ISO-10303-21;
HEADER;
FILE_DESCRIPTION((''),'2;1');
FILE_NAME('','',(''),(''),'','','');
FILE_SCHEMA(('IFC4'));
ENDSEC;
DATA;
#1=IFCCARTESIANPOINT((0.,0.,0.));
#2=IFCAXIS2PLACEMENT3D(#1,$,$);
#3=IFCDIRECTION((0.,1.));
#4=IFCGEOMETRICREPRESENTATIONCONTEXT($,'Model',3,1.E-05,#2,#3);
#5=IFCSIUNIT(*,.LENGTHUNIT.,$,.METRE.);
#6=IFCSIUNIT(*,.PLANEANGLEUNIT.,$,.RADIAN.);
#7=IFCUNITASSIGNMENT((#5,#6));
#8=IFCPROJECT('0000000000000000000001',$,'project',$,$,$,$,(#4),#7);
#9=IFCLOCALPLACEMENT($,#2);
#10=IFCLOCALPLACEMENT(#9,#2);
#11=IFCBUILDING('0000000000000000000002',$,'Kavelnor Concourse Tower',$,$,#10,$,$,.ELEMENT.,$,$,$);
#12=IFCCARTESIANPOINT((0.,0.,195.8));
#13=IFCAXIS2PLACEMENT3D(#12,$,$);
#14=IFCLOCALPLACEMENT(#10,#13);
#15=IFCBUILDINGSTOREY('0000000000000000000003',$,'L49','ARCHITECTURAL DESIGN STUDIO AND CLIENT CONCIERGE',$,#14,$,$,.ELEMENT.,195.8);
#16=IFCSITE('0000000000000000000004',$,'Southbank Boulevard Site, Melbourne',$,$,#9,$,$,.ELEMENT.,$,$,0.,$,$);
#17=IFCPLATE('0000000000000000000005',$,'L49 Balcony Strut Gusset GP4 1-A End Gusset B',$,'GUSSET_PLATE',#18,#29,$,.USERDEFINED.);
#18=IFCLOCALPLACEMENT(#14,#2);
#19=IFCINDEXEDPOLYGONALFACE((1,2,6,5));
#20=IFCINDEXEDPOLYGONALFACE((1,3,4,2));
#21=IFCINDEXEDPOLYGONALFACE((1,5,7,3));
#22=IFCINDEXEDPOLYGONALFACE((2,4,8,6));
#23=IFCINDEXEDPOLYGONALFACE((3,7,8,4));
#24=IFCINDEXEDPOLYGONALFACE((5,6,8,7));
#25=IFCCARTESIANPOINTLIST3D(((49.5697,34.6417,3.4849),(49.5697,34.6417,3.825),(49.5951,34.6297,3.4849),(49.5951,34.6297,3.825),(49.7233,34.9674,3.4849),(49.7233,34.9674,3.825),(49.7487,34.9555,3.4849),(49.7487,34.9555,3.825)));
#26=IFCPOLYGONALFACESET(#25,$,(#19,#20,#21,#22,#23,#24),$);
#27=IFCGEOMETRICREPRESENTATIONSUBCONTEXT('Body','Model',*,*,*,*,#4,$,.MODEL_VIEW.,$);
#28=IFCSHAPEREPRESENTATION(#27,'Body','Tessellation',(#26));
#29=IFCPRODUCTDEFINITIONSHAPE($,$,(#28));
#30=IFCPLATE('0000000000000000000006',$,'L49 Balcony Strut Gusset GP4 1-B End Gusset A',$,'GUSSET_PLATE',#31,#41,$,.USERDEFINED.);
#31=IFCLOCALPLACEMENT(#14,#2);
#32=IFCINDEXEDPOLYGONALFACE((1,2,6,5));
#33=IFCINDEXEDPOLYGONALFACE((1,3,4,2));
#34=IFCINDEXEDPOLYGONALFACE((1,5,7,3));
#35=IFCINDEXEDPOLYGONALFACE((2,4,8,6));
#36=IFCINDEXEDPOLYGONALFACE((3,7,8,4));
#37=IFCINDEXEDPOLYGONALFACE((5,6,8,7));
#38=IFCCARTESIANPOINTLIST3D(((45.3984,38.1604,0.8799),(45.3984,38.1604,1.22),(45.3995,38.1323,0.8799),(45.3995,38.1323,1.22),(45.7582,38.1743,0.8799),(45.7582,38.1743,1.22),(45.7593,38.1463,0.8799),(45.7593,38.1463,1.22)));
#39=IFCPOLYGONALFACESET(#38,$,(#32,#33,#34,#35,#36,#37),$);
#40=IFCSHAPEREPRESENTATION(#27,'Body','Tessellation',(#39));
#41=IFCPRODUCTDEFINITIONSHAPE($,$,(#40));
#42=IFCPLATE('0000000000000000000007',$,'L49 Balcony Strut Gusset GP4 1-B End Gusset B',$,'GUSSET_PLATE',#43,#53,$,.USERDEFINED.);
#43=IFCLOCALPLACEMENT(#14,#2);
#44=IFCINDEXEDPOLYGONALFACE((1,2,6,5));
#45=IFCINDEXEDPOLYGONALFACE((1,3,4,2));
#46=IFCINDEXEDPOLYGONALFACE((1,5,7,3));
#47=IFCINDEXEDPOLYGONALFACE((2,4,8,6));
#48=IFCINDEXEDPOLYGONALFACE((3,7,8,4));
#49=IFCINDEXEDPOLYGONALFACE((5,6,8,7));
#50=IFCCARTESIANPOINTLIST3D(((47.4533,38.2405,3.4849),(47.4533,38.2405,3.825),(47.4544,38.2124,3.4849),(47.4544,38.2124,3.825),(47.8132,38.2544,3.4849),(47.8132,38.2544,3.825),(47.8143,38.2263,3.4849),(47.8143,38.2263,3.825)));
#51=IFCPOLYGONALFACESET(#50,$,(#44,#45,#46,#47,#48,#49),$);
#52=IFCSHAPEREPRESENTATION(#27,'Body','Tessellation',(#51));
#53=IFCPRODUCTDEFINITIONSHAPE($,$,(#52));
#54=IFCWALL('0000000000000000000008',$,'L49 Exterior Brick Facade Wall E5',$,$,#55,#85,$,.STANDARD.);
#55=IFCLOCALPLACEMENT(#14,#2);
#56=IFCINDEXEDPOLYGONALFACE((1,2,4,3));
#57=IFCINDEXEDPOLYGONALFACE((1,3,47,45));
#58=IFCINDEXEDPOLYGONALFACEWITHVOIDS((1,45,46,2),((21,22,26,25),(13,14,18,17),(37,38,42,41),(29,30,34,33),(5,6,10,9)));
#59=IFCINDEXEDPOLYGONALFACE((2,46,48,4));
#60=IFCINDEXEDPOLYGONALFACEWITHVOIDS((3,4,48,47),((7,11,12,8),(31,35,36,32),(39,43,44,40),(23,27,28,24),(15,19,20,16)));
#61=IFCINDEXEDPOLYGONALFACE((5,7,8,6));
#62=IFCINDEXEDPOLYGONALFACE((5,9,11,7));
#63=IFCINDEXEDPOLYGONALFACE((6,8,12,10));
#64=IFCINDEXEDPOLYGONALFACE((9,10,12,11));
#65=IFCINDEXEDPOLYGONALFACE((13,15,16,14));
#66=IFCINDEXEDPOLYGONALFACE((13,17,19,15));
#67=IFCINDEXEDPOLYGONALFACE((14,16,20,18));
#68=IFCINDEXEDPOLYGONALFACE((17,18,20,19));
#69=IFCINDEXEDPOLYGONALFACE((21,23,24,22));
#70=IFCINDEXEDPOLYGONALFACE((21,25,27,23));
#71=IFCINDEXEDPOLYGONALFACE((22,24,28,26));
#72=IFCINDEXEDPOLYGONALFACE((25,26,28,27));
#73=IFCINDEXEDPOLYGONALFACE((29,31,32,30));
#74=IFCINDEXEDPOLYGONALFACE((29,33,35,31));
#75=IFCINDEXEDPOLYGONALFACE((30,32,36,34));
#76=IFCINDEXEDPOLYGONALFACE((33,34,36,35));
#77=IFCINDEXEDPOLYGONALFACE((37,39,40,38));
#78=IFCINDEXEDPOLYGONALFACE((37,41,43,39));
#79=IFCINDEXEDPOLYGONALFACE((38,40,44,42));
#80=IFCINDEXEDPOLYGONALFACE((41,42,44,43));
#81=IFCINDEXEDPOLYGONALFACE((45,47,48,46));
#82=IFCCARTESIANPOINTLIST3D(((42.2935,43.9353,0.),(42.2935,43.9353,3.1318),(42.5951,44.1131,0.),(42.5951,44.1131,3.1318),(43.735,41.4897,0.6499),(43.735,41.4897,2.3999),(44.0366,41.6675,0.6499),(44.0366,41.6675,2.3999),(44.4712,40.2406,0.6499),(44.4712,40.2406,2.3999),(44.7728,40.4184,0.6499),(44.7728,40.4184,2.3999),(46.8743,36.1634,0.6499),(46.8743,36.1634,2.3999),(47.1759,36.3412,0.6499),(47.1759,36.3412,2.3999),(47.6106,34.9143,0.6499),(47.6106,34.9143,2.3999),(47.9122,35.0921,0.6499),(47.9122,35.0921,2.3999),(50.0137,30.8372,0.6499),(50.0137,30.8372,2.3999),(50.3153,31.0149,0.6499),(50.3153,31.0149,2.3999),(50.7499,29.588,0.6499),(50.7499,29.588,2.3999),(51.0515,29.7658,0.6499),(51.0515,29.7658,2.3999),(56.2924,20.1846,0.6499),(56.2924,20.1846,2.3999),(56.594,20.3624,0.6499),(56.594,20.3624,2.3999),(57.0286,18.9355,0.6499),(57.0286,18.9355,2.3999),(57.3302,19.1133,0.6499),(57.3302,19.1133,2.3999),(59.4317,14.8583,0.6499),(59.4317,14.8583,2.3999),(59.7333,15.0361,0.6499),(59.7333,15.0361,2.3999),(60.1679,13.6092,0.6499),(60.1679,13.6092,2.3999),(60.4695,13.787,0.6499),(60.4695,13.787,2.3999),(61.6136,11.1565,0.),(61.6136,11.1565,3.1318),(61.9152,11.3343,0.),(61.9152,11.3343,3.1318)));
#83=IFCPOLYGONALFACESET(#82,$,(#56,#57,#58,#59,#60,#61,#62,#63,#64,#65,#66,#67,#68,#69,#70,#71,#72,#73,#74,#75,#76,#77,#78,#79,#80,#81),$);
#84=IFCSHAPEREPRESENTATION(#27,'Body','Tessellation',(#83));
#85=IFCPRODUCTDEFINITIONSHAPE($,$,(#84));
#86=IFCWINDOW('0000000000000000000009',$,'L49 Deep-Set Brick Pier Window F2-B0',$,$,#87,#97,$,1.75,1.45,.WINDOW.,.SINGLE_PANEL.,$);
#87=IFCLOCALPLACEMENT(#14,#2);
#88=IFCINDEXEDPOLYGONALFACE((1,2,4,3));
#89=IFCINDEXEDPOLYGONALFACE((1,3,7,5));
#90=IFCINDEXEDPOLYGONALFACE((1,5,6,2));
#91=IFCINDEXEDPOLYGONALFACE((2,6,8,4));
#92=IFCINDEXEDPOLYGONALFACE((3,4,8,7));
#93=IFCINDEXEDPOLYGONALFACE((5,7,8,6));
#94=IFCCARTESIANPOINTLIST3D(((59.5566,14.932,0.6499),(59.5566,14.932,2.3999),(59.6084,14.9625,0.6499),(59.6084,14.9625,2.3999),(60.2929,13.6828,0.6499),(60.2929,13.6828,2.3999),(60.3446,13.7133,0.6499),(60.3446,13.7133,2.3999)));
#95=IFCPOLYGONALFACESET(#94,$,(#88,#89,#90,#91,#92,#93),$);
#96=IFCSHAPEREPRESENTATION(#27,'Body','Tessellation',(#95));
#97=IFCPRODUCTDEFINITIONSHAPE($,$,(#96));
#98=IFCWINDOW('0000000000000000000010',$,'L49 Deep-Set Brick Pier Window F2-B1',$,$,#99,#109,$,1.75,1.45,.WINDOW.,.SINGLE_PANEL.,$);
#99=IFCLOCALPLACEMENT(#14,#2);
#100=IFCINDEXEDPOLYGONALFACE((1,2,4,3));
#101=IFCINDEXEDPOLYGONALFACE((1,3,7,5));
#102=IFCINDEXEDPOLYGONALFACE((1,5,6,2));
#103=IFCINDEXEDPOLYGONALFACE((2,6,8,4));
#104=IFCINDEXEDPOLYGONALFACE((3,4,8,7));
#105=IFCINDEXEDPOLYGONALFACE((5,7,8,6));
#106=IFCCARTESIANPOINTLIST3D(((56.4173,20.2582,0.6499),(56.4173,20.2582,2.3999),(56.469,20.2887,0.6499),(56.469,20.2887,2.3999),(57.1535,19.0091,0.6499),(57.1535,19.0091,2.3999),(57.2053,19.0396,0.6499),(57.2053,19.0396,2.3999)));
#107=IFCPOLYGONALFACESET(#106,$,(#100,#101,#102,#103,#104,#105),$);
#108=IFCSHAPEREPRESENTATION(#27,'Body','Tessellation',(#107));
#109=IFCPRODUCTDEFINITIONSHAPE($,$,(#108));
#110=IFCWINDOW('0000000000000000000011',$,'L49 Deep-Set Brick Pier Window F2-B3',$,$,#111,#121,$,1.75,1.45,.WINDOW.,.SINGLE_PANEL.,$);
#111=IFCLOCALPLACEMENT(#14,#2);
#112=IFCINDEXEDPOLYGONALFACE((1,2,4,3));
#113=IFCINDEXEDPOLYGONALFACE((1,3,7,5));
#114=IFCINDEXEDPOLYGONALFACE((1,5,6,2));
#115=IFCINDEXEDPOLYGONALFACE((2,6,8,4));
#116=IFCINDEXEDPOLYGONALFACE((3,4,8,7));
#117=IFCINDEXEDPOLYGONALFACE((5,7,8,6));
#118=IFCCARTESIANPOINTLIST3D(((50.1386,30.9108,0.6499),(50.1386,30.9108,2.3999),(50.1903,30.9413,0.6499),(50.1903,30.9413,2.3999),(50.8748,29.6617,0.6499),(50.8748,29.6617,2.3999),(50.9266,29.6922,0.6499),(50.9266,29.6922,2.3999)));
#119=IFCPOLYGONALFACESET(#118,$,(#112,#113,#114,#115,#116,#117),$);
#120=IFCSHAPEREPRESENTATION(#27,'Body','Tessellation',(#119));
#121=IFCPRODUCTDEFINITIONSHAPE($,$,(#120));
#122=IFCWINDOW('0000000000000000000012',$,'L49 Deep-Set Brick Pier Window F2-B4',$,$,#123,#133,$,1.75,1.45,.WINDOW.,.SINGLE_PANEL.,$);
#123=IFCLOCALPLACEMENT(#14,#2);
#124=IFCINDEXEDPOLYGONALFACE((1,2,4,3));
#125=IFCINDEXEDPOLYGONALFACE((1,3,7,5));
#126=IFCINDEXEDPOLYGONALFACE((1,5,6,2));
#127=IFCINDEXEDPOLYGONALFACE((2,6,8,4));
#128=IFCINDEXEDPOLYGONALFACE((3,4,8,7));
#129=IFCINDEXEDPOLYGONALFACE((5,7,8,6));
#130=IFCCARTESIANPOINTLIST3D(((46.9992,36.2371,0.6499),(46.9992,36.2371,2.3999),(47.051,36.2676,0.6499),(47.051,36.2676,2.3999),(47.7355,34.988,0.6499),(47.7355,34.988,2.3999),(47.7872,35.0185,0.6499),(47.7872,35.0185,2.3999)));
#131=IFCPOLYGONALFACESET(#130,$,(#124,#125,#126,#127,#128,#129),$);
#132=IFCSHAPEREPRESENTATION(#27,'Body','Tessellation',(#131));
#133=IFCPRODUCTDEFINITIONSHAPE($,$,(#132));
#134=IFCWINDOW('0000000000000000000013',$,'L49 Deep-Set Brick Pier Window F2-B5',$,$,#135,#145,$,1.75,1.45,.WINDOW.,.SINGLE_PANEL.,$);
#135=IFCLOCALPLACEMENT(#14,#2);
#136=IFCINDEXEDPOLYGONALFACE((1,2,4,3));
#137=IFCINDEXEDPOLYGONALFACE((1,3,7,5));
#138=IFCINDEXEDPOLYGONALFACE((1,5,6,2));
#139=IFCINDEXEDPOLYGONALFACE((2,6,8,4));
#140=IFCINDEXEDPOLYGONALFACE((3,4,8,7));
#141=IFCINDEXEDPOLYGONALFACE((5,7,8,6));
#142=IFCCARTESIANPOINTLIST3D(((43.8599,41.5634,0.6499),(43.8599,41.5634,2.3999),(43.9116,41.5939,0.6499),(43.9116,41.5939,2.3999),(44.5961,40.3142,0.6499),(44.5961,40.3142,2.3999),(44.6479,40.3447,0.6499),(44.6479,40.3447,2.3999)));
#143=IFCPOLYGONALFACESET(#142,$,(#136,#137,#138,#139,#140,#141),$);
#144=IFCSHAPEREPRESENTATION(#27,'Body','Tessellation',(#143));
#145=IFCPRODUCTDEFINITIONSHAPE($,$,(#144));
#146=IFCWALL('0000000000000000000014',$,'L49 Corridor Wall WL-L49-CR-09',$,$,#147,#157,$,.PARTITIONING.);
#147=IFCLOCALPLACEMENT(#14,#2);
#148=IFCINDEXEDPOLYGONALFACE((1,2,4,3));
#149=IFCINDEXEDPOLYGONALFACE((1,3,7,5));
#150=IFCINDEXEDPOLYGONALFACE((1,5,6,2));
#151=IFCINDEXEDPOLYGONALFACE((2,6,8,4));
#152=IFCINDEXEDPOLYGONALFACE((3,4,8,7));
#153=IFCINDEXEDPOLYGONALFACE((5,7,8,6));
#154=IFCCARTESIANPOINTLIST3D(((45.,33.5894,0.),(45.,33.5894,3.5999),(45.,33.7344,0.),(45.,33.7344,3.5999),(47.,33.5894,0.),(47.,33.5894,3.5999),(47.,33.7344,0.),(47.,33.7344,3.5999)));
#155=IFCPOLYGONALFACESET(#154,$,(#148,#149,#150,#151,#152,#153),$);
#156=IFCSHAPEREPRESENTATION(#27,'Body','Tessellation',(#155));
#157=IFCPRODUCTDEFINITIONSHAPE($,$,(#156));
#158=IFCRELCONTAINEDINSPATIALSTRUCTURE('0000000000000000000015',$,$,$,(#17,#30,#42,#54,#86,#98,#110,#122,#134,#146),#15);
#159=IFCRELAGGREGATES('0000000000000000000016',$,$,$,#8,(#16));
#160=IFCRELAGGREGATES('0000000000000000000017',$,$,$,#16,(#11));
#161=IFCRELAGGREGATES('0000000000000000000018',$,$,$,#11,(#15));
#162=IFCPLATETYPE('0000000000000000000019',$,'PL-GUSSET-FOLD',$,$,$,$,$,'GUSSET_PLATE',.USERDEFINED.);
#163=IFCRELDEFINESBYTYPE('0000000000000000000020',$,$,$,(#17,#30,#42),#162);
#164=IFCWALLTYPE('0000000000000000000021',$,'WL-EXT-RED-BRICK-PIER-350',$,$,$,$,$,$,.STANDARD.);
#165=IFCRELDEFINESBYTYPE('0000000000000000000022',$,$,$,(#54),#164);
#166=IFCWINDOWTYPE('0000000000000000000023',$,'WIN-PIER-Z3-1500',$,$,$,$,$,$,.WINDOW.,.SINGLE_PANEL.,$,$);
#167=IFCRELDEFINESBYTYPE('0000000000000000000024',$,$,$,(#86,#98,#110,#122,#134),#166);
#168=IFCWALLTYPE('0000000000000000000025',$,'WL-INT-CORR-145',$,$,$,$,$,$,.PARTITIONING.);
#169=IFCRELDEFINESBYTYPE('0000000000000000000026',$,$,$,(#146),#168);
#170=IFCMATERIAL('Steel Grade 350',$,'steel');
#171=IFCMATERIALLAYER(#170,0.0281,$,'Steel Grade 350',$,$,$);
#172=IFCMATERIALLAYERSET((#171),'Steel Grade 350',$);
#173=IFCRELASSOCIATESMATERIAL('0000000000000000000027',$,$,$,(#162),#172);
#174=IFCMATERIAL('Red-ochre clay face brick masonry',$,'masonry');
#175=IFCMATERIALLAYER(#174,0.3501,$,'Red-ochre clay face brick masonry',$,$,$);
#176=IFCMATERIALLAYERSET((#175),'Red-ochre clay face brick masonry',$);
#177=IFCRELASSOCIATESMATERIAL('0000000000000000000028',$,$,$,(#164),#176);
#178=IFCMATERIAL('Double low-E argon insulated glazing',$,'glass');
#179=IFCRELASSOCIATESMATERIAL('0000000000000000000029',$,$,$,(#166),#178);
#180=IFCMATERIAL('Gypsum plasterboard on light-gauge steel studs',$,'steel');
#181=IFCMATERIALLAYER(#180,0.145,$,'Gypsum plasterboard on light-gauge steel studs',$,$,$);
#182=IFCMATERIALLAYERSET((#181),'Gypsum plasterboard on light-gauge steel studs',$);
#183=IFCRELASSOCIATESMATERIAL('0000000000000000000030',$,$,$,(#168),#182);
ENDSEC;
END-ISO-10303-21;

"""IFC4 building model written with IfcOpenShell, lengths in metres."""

from ifc_helpers import new_model, si_unit, direction, frame, frame_2d, origin, origin_2d, place, context, subcontext, project, spatial, rectangle, extrude, material, layer, layer_set, type_object, element, fill, save


model = new_model("IFC4")

# Units and contexts
model_context = context("Model", 3, precision=1e-05, world=origin(), true_north=direction((0.0, 1.0)))
body_context = subcontext(model_context, "Body", "Model", "MODEL_VIEW")
ifc_project = project(units=[si_unit("LENGTHUNIT", "METRE"), si_unit("PLANEANGLEUNIT", "RADIAN")], contexts=[model_context])

# Site, building, storey
site_placement = place(None, origin())
site = spatial("IfcSite", under=ifc_project, at=site_placement, Name="Southbank Boulevard Site, Melbourne", CompositionType="ELEMENT", RefElevation=0.0)
building_placement = place(site_placement, origin())
building = spatial("IfcBuilding", under=site, at=building_placement, Name="Kavelnor Concourse Tower", CompositionType="ELEMENT")
storey_placement = place(building_placement, frame((0.0, 0.0, 195.8)))
storey = spatial("IfcBuildingStorey", under=building, at=storey_placement, Name="L49", Description="ARCHITECTURAL DESIGN STUDIO AND CLIENT CONCIERGE", CompositionType="ELEMENT", Elevation=195.8)

# Shared definitions
ifc_material_1 = material(Name="Steel Grade 350", Category="steel")

# Plates
ifc_layer_1 = layer(ifc_material_1, 0.0281, Name="Steel Grade 350")
ifc_layer_set_1 = layer_set([ifc_layer_1], Name="Steel Grade 350")
plate_type = type_object("IfcPlateType", Name="PL-GUSSET-FOLD", ElementType="GUSSET_PLATE", PredefinedType="USERDEFINED", material=ifc_layer_set_1)
for number, where, z_axis, x_axis, name in (
    (1, (49.6592, 34.7986, 3.4849), (0.0, 0.0, 1.0), (0.426411, 0.90453, 0.0), "L49 Balcony Strut Gusset GP4 1-A End Gusset B"),
    (2, (45.5789, 38.1533, 0.8799), (0.0, 0.0, 1.0), (0.999249, 0.038737, 0.0), "L49 Balcony Strut Gusset GP4 1-B End Gusset A"),
    (3, (47.6338, 38.2334, 3.4849), (0.0, 0.0, 1.0), (0.999249, 0.038737, 0.0), "L49 Balcony Strut Gusset GP4 1-B End Gusset B"),
):
    element("IfcPlate", number, at=place(storey_placement, frame(where, z_axis=z_axis, x_axis=x_axis)), inside=storey, type_object=plate_type, Name=name, ObjectType="GUSSET_PLATE", PredefinedType="USERDEFINED", context=body_context, shape_type="SweptSolid", body=[
        extrude(rectangle(XDim=0.3601, YDim=0.0281, at=origin_2d()), origin(), (0.0, 0.0, 1.0), 0.3401),
    ])

# Wall, openings, windows
ifc_material_2 = material(Name="Red-ochre clay face brick masonry", Category="masonry")
ifc_layer_2 = layer(ifc_material_2, 0.3501, Name="Red-ochre clay face brick masonry")
ifc_layer_set_2 = layer_set([ifc_layer_2], Name="Red-ochre clay face brick masonry")
wall_type_1 = type_object("IfcWallType", Name="WL-EXT-RED-BRICK-PIER-350", PredefinedType="STANDARD", material=ifc_layer_set_2)
wall_1_placement = place(storey_placement, frame((42.4443, 44.0242, 0.0), z_axis=(0.0, 0.0, 1.0), x_axis=(0.50777, -0.861493, 0.0)))
wall_1 = element("IfcWall", 4, at=wall_1_placement, inside=storey, type_object=wall_type_1, Name="L49 Exterior Brick Facade Wall E5", PredefinedType="STANDARD", context=body_context, shape_type="SweptSolid", body=[
    extrude(rectangle(XDim=38.0488, YDim=0.3501, at=frame_2d((19.0244, 0.0))), origin(), (0.0, 0.0, 1.0), 3.1318),
])
opening_1_placement = place(wall_1_placement, frame((33.7517, 0.0, 0.6499)))
opening_1 = element("IfcOpeningElement", 5, at=opening_1_placement, cuts=wall_1, PredefinedType="OPENING", context=body_context, shape_type="SweptSolid", body=[
    extrude(rectangle(XDim=1.45, YDim=1.75, at=frame_2d((0.7251, 0.875))), frame((0.0, 0.1851, 0.0), z_axis=(0.0, -1.0, 0.0), x_axis=(1.0, 0.0, 0.0)), (0.0, 0.0, 1.0), 0.3701),
])
opening_2_placement = place(wall_1_placement, frame((27.5691, 0.0, 0.6499)))
opening_2 = element("IfcOpeningElement", 6, at=opening_2_placement, cuts=wall_1, PredefinedType="OPENING", context=body_context, shape_type="SweptSolid", body=[
    extrude(rectangle(XDim=1.45, YDim=1.75, at=frame_2d((0.7251, 0.875))), frame((0.0, 0.1851, 0.0), z_axis=(0.0, -1.0, 0.0), x_axis=(1.0, 0.0, 0.0)), (0.0, 0.0, 1.0), 0.3701),
])
opening_3_placement = place(wall_1_placement, frame((15.2039, 0.0, 0.6499)))
opening_3 = element("IfcOpeningElement", 7, at=opening_3_placement, cuts=wall_1, PredefinedType="OPENING", context=body_context, shape_type="SweptSolid", body=[
    extrude(rectangle(XDim=1.45, YDim=1.75, at=frame_2d((0.7251, 0.875))), frame((0.0, 0.1851, 0.0), z_axis=(0.0, -1.0, 0.0), x_axis=(1.0, 0.0, 0.0)), (0.0, 0.0, 1.0), 0.3701),
])
opening_4_placement = place(wall_1_placement, frame((9.0212, 0.0, 0.6499)))
opening_4 = element("IfcOpeningElement", 8, at=opening_4_placement, cuts=wall_1, PredefinedType="OPENING", context=body_context, shape_type="SweptSolid", body=[
    extrude(rectangle(XDim=1.45, YDim=1.75, at=frame_2d((0.7251, 0.875))), frame((0.0, 0.1851, 0.0), z_axis=(0.0, -1.0, 0.0), x_axis=(1.0, 0.0, 0.0)), (0.0, 0.0, 1.0), 0.3701),
])
opening_5_placement = place(wall_1_placement, frame((2.8386, 0.0, 0.6499)))
opening_5 = element("IfcOpeningElement", 9, at=opening_5_placement, cuts=wall_1, PredefinedType="OPENING", context=body_context, shape_type="SweptSolid", body=[
    extrude(rectangle(XDim=1.45, YDim=1.75, at=frame_2d((0.7251, 0.875))), frame((0.0, 0.1851, 0.0), z_axis=(0.0, -1.0, 0.0), x_axis=(1.0, 0.0, 0.0)), (0.0, 0.0, 1.0), 0.3701),
])
ifc_material_3 = material(Name="Double low-E argon insulated glazing", Category="glass")
window_type = type_object("IfcWindowType", Name="WIN-PIER-Z3-1500", PartitioningType="SINGLE_PANEL", PredefinedType="WINDOW", material=ifc_material_3)
window_1_placement = place(opening_1_placement, origin())
window_1 = element("IfcWindow", 10, at=window_1_placement, inside=storey, type_object=window_type, Name="L49 Deep-Set Brick Pier Window F2-B0", OverallHeight=1.75, OverallWidth=1.45, PartitioningType="SINGLE_PANEL", PredefinedType="WINDOW", context=body_context, shape_type="SweptSolid", body=[
    extrude(rectangle(XDim=1.45, YDim=1.75, at=frame_2d((0.7251, 0.875))), frame((0.0, 0.03, 0.0), z_axis=(0.0, -1.0, 0.0), x_axis=(1.0, 0.0, 0.0)), (0.0, 0.0, 1.0), 0.0601),
])
fill(opening_1, window_1)
window_2_placement = place(opening_2_placement, origin())
window_2 = element("IfcWindow", 11, at=window_2_placement, inside=storey, type_object=window_type, Name="L49 Deep-Set Brick Pier Window F2-B1", OverallHeight=1.75, OverallWidth=1.45, PartitioningType="SINGLE_PANEL", PredefinedType="WINDOW", context=body_context, shape_type="SweptSolid", body=[
    extrude(rectangle(XDim=1.45, YDim=1.75, at=frame_2d((0.7251, 0.875))), frame((0.0, 0.03, 0.0), z_axis=(0.0, -1.0, 0.0), x_axis=(1.0, 0.0, 0.0)), (0.0, 0.0, 1.0), 0.0601),
])
fill(opening_2, window_2)
window_3_placement = place(opening_3_placement, origin())
window_3 = element("IfcWindow", 12, at=window_3_placement, inside=storey, type_object=window_type, Name="L49 Deep-Set Brick Pier Window F2-B3", OverallHeight=1.75, OverallWidth=1.45, PartitioningType="SINGLE_PANEL", PredefinedType="WINDOW", context=body_context, shape_type="SweptSolid", body=[
    extrude(rectangle(XDim=1.45, YDim=1.75, at=frame_2d((0.7251, 0.875))), frame((0.0, 0.03, 0.0), z_axis=(0.0, -1.0, 0.0), x_axis=(1.0, 0.0, 0.0)), (0.0, 0.0, 1.0), 0.0601),
])
fill(opening_3, window_3)
window_4_placement = place(opening_4_placement, origin())
window_4 = element("IfcWindow", 13, at=window_4_placement, inside=storey, type_object=window_type, Name="L49 Deep-Set Brick Pier Window F2-B4", OverallHeight=1.75, OverallWidth=1.45, PartitioningType="SINGLE_PANEL", PredefinedType="WINDOW", context=body_context, shape_type="SweptSolid", body=[
    extrude(rectangle(XDim=1.45, YDim=1.75, at=frame_2d((0.7251, 0.875))), frame((0.0, 0.03, 0.0), z_axis=(0.0, -1.0, 0.0), x_axis=(1.0, 0.0, 0.0)), (0.0, 0.0, 1.0), 0.0601),
])
fill(opening_4, window_4)
window_5_placement = place(opening_5_placement, origin())
window_5 = element("IfcWindow", 14, at=window_5_placement, inside=storey, type_object=window_type, Name="L49 Deep-Set Brick Pier Window F2-B5", OverallHeight=1.75, OverallWidth=1.45, PartitioningType="SINGLE_PANEL", PredefinedType="WINDOW", context=body_context, shape_type="SweptSolid", body=[
    extrude(rectangle(XDim=1.45, YDim=1.75, at=frame_2d((0.7251, 0.875))), frame((0.0, 0.03, 0.0), z_axis=(0.0, -1.0, 0.0), x_axis=(1.0, 0.0, 0.0)), (0.0, 0.0, 1.0), 0.0601),
])
fill(opening_5, window_5)

# Wall
ifc_material_4 = material(Name="Gypsum plasterboard on light-gauge steel studs", Category="steel")
ifc_layer_3 = layer(ifc_material_4, 0.145, Name="Gypsum plasterboard on light-gauge steel studs")
ifc_layer_set_3 = layer_set([ifc_layer_3], Name="Gypsum plasterboard on light-gauge steel studs")
wall_type_2 = type_object("IfcWallType", Name="WL-INT-CORR-145", PredefinedType="PARTITIONING", material=ifc_layer_set_3)
wall_2_placement = place(storey_placement, frame((45.0, 33.6619, 0.0), z_axis=(0.0, 0.0, 1.0), x_axis=(1.0, 0.0, 0.0)))
element("IfcWall", 15, at=wall_2_placement, inside=storey, type_object=wall_type_2, Name="L49 Corridor Wall WL-L49-CR-09", PredefinedType="PARTITIONING", context=body_context, shape_type="SweptSolid", body=[
    extrude(rectangle(XDim=2.0, YDim=0.145, at=frame_2d((1.0, 0.0))), origin(), (0.0, 0.0, 1.0), 3.5999),
])

save(model, "model.ifc")
